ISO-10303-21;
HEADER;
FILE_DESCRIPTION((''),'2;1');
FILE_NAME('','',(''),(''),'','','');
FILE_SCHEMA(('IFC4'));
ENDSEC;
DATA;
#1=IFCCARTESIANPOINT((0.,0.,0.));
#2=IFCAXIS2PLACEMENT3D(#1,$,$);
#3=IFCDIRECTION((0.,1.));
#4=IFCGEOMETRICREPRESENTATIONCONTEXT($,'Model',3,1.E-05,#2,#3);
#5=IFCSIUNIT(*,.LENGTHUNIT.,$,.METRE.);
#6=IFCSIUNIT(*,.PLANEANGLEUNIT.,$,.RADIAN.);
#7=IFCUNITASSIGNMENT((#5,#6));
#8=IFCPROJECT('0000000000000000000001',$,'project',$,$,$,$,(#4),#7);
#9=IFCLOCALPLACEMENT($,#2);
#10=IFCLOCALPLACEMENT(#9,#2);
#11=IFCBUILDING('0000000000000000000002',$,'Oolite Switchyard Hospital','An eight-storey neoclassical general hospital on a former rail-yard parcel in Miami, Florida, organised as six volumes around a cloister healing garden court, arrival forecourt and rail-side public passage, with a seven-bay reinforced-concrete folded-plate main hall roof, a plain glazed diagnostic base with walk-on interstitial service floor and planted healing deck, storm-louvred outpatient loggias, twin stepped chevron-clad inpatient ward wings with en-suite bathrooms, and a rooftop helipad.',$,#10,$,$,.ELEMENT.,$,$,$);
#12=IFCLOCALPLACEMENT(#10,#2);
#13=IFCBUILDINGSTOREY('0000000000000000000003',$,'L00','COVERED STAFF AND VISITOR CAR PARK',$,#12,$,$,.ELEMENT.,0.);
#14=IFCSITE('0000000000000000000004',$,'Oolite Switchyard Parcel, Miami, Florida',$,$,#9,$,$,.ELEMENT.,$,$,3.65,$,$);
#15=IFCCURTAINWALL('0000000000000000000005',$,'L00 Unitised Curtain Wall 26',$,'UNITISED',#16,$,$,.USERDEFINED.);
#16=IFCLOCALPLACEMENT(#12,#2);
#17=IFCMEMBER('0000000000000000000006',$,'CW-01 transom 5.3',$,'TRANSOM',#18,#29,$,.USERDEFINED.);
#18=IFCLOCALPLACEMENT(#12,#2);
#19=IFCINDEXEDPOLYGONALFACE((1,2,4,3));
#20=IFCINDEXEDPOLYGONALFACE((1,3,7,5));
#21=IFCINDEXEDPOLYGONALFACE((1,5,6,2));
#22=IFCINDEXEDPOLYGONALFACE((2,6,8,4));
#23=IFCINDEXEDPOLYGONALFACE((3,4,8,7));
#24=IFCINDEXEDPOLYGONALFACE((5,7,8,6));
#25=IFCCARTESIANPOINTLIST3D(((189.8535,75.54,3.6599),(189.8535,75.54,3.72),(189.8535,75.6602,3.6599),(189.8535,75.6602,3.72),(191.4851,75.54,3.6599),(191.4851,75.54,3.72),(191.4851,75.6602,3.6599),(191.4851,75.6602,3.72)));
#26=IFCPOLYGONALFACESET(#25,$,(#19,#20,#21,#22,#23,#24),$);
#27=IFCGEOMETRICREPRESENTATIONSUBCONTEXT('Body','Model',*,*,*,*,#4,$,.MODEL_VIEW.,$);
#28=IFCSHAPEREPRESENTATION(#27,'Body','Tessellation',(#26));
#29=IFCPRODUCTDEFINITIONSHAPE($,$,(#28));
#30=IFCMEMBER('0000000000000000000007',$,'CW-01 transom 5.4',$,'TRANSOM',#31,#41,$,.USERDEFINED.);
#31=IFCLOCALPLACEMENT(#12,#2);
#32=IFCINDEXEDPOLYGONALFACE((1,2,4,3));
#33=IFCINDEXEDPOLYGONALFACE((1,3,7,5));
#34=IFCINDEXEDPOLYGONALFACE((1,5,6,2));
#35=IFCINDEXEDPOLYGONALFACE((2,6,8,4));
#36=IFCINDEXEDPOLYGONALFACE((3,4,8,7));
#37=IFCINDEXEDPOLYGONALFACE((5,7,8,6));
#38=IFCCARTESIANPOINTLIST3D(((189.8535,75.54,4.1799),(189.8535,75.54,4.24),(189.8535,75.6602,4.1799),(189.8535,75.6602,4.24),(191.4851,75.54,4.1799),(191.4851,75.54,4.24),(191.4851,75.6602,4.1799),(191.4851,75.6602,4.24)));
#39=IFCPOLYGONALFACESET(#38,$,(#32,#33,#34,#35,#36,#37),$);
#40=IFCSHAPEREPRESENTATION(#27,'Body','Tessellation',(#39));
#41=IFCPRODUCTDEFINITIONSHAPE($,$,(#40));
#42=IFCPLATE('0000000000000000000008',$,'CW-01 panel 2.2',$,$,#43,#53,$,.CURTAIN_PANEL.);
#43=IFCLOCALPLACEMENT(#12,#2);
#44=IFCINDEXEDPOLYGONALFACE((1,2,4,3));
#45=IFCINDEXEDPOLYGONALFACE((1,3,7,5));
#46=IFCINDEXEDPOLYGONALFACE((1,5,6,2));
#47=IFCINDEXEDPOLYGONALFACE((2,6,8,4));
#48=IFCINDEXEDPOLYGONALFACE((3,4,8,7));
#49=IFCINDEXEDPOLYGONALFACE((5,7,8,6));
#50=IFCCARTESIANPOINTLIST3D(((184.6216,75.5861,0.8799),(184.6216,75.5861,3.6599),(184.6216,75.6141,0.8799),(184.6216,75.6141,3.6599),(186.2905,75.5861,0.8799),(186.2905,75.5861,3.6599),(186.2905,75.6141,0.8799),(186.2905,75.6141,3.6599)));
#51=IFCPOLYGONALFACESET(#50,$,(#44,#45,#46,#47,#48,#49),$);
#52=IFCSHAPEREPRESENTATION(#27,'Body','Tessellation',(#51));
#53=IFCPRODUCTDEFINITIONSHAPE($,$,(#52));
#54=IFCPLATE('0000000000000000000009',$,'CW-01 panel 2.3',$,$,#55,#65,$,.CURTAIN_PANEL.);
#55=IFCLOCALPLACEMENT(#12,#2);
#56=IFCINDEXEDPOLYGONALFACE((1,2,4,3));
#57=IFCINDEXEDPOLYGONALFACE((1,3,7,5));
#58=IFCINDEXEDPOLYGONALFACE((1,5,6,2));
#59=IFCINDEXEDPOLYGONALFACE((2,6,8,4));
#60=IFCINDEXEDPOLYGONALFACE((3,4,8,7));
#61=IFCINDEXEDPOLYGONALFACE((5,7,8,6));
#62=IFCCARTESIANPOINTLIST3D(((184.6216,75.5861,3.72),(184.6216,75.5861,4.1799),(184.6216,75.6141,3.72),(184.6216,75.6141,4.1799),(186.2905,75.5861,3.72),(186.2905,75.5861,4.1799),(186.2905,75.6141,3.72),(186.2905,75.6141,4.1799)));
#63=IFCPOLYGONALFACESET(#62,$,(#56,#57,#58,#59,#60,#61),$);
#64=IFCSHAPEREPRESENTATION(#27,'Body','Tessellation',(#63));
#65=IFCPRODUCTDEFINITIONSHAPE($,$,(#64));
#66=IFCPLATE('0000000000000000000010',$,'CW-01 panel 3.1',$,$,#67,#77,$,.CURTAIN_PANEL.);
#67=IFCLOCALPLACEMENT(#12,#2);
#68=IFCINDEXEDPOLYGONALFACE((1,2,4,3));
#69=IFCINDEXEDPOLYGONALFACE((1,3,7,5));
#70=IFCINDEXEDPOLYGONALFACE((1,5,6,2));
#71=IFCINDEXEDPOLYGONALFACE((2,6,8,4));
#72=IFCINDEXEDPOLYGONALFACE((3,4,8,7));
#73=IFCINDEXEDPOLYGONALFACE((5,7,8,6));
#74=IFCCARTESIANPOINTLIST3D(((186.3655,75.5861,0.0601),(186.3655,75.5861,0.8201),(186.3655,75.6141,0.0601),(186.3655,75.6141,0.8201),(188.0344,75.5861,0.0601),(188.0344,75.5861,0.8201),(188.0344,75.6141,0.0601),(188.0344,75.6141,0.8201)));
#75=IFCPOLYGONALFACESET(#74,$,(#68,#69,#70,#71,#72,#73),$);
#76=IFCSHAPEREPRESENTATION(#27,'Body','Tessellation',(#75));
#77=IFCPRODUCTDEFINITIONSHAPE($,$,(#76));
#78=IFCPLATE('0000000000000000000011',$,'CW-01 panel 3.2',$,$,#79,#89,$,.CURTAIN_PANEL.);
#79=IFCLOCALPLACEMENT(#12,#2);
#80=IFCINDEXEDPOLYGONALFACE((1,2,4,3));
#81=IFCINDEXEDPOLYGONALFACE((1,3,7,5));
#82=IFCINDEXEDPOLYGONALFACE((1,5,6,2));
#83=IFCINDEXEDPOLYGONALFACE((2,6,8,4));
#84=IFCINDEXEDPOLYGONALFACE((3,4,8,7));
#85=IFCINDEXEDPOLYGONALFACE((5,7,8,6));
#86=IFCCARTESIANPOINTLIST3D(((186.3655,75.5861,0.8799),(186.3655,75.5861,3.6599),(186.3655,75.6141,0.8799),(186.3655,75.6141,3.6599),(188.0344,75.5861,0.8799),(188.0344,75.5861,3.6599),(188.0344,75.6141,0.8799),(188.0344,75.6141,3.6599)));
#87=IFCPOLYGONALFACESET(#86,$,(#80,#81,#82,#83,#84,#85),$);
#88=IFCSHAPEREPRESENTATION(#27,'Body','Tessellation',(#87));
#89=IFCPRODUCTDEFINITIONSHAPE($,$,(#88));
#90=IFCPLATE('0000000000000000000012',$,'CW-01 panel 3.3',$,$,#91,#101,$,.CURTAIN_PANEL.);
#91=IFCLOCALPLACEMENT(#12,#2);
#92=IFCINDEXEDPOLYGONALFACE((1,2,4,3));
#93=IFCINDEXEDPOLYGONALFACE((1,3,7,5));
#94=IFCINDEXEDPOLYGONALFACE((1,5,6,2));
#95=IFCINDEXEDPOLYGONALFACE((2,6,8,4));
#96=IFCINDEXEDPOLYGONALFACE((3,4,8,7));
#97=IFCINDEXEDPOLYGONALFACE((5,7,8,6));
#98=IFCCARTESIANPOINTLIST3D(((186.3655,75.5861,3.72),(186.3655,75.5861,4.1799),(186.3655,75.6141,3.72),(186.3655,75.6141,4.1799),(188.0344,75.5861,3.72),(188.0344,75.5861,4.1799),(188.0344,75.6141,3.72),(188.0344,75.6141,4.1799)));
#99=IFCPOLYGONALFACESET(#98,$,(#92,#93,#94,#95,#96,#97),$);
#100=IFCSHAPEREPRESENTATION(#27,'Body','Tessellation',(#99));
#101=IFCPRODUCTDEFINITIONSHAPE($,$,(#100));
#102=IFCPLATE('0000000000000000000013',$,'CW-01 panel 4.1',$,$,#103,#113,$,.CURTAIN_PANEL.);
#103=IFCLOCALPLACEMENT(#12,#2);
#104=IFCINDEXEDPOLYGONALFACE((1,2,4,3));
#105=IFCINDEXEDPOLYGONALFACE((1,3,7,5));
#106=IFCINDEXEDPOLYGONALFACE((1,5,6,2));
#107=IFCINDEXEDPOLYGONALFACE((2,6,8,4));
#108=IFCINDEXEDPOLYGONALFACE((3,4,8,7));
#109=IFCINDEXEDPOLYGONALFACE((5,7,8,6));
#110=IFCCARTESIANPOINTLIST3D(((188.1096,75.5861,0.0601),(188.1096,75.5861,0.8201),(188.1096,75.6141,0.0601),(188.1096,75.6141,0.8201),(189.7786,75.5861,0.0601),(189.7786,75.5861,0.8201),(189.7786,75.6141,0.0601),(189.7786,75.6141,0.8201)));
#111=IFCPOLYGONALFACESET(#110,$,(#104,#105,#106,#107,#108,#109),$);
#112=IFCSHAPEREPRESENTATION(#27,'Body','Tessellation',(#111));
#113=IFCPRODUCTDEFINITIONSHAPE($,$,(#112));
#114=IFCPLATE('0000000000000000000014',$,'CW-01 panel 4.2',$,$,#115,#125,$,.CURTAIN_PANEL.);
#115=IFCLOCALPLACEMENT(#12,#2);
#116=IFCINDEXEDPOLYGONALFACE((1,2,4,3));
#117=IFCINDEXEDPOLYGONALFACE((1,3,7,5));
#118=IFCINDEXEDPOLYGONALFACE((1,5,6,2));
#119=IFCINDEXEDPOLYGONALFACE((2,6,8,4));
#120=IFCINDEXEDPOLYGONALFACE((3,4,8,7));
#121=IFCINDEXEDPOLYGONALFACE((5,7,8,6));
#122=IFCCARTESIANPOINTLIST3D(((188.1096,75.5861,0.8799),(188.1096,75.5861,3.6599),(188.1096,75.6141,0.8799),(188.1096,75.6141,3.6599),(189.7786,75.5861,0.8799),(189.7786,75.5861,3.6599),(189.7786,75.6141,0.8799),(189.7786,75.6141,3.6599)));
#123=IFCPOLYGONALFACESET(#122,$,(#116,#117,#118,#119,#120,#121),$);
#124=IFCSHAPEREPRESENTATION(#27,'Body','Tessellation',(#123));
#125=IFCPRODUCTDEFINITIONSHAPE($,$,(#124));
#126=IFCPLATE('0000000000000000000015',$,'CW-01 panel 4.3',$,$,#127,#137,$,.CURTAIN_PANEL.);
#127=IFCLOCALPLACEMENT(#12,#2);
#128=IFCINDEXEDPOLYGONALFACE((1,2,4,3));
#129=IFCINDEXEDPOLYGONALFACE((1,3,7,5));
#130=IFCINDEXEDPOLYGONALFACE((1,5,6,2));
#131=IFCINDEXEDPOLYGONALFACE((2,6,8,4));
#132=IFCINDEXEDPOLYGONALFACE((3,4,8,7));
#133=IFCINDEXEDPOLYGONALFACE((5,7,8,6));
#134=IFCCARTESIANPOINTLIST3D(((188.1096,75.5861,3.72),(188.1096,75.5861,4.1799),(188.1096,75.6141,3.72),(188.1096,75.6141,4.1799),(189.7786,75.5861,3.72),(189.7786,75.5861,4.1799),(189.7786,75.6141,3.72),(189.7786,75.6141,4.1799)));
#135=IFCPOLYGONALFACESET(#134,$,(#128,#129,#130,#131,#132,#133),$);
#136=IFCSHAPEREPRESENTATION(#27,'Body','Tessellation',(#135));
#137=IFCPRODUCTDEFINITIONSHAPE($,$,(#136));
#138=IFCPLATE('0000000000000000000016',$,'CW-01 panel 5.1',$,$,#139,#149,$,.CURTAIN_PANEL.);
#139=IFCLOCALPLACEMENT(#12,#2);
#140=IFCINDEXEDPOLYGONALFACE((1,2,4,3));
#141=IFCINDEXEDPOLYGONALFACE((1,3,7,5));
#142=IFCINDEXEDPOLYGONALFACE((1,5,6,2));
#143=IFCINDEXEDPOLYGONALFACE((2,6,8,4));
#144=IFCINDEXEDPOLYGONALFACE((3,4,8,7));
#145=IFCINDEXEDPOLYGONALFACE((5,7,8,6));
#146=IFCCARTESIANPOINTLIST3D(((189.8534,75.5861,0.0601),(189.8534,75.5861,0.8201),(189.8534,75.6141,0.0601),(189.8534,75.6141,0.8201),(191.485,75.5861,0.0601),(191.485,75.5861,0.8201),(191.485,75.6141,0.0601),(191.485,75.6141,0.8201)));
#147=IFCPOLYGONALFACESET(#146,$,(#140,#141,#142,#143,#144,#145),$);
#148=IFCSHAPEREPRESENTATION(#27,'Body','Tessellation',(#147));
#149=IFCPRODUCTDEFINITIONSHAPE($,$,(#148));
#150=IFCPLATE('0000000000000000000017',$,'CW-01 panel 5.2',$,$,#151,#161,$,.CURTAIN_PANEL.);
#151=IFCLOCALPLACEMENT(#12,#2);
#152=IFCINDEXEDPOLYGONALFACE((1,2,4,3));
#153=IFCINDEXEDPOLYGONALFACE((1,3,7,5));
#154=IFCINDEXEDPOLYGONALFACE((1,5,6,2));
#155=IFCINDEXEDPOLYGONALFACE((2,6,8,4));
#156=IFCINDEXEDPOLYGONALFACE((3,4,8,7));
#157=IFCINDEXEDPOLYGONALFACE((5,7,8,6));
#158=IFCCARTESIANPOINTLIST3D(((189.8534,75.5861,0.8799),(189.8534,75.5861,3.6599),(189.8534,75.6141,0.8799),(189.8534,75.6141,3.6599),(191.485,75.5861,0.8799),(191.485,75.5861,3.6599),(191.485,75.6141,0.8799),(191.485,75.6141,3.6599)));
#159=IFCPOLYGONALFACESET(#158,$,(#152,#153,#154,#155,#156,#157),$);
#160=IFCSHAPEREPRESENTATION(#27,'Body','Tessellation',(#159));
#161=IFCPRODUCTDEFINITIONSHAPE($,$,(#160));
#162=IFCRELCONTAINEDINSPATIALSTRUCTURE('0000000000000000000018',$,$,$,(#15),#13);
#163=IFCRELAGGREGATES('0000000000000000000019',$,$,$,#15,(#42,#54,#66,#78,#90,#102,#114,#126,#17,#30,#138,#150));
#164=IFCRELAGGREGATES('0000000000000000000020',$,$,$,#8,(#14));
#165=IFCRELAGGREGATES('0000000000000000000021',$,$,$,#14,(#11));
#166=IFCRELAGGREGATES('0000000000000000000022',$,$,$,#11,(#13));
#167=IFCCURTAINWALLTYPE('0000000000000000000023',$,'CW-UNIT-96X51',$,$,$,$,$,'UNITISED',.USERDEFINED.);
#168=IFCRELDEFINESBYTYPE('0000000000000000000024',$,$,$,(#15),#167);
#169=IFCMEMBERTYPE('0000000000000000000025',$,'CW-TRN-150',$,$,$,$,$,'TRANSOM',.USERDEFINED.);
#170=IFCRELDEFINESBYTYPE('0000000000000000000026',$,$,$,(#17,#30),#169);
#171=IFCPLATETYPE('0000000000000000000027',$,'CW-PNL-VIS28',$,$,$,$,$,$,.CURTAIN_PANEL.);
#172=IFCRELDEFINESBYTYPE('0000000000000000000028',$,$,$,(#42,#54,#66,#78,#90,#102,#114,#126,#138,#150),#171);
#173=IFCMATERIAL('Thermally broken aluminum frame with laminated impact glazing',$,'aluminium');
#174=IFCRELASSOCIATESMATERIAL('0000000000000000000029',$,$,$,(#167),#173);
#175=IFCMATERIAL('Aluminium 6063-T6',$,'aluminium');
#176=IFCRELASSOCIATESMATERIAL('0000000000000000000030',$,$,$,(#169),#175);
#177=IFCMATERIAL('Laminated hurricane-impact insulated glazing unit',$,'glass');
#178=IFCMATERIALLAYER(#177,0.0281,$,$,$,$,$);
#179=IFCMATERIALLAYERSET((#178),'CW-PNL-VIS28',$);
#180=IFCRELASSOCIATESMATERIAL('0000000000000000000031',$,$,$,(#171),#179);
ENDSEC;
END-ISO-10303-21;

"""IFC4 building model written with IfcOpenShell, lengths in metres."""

from ifc_helpers import new_model, si_unit, direction, frame, origin, origin_2d, place, context, subcontext, project, spatial, rectangle, extrude, material, layer, layer_set, material_profile, profile_set, type_object, element, aggregate, save


model = new_model("IFC4")

# Units and contexts
model_context = context("Model", 3, precision=1e-05, world=origin(), true_north=direction((0.0, 1.0)))
body_context = subcontext(model_context, "Body", "Model", "MODEL_VIEW")
ifc_project = project(units=[si_unit("LENGTHUNIT", "METRE"), si_unit("PLANEANGLEUNIT", "RADIAN")], contexts=[model_context])

# Site, building, storey
site_placement = place(None, origin())
site = spatial("IfcSite", under=ifc_project, at=site_placement, Name="Oolite Switchyard Parcel, Miami, Florida", CompositionType="ELEMENT", RefElevation=3.65)
building_placement = place(site_placement, origin())
building = spatial("IfcBuilding", under=site, at=building_placement, Name="Oolite Switchyard Hospital", Description="An eight-storey neoclassical general hospital on a former rail-yard parcel in Miami, Florida, organised as six volumes around a cloister healing garden court, arrival forecourt and rail-side public passage, with a seven-bay reinforced-concrete folded-plate main hall roof, a plain glazed diagnostic base with walk-on interstitial service floor and planted healing deck, storm-louvred outpatient loggias, twin stepped chevron-clad inpatient ward wings with en-suite bathrooms, and a rooftop helipad.", CompositionType="ELEMENT")
storey_placement = place(building_placement, origin())
storey = spatial("IfcBuildingStorey", under=building, at=storey_placement, Name="L00", Description="COVERED STAFF AND VISITOR CAR PARK", CompositionType="ELEMENT", Elevation=0.0)

# Curtain wall, members, plates
ifc_material_1 = material(Name="Thermally broken aluminum frame with laminated impact glazing", Category="aluminium")
curtain_wall_type = type_object("IfcCurtainWallType", Name="CW-UNIT-96X51", ElementType="UNITISED", PredefinedType="USERDEFINED", material=ifc_material_1)
curtain_wall_placement = place(storey_placement, origin())
curtain_wall = element("IfcCurtainWall", 1, at=curtain_wall_placement, inside=storey, type_object=curtain_wall_type, Name="L00 Unitised Curtain Wall 26", ObjectType="UNITISED", PredefinedType="USERDEFINED")
ifc_material_2 = material(Name="Aluminium 6063-T6", Category="aluminium")
ifc_material_profile_1 = material_profile(ifc_material_2, rectangle(XDim=0.1201, YDim=0.0601, at=origin_2d()), Name="CWT60X120")
ifc_profile_set_1 = profile_set([ifc_material_profile_1], Name="Aluminium 6063-T6")
member_type_1 = type_object("IfcMemberType", Name="CW-TRN-150", ElementType="TRANSOM", PredefinedType="USERDEFINED", material=ifc_profile_set_1)
member_1_placement = place(storey_placement, frame((189.8535, 75.6001, 3.6899), z_axis=(1.0, 0.0, 0.0), x_axis=(0.0, 1.0, 0.0)))
member_1 = element("IfcMember", 2, at=member_1_placement, type_object=member_type_1, Name="CW-01 transom 5.3", ObjectType="TRANSOM", PredefinedType="USERDEFINED", context=body_context, shape_type="SweptSolid", body=[
    extrude(rectangle(XDim=0.1201, YDim=0.0601, at=origin_2d()), origin(), (0.0, 0.0, 1.0), 1.6316),
])
member_2_placement = place(storey_placement, frame((189.8535, 75.6001, 4.21), z_axis=(1.0, 0.0, 0.0), x_axis=(0.0, 1.0, 0.0)))
member_2 = element("IfcMember", 3, at=member_2_placement, type_object=member_type_1, Name="CW-01 transom 5.4", ObjectType="TRANSOM", PredefinedType="USERDEFINED", context=body_context, shape_type="SweptSolid", body=[
    extrude(rectangle(XDim=0.1201, YDim=0.0601, at=origin_2d()), origin(), (0.0, 0.0, 1.0), 1.6316),
])
ifc_material_3 = material(Name="Laminated hurricane-impact insulated glazing unit", Category="glass")
ifc_layer = layer(ifc_material_3, 0.0281)
ifc_layer_set = layer_set([ifc_layer], Name="CW-PNL-VIS28")
plate_type = type_object("IfcPlateType", Name="CW-PNL-VIS28", PredefinedType="CURTAIN_PANEL", material=ifc_layer_set)
plate_1_placement = place(storey_placement, frame((185.4561, 75.6001, 0.8799), z_axis=(0.0, 0.0, 1.0), x_axis=(1.0, 0.0, 0.0)))
plate_1 = element("IfcPlate", 4, at=plate_1_placement, type_object=plate_type, Name="CW-01 panel 2.2", PredefinedType="CURTAIN_PANEL", context=body_context, shape_type="SweptSolid", body=[
    extrude(rectangle(XDim=1.6689, YDim=0.0281, at=origin_2d()), origin(), (0.0, 0.0, 1.0), 2.78),
])
plate_2_placement = place(storey_placement, frame((185.4561, 75.6001, 3.72), z_axis=(0.0, 0.0, 1.0), x_axis=(1.0, 0.0, 0.0)))
plate_2 = element("IfcPlate", 5, at=plate_2_placement, type_object=plate_type, Name="CW-01 panel 2.3", PredefinedType="CURTAIN_PANEL", context=body_context, shape_type="SweptSolid", body=[
    extrude(rectangle(XDim=1.6689, YDim=0.0281, at=origin_2d()), origin(), (0.0, 0.0, 1.0), 0.46),
])
plate_3_placement = place(storey_placement, frame((187.2, 75.6001, 0.0601), z_axis=(0.0, 0.0, 1.0), x_axis=(1.0, 0.0, 0.0)))
plate_3 = element("IfcPlate", 6, at=plate_3_placement, type_object=plate_type, Name="CW-01 panel 3.1", PredefinedType="CURTAIN_PANEL", context=body_context, shape_type="SweptSolid", body=[
    extrude(rectangle(XDim=1.6689, YDim=0.0281, at=origin_2d()), origin(), (0.0, 0.0, 1.0), 0.76),
])
plate_4_placement = place(storey_placement, frame((187.2, 75.6001, 0.8799), z_axis=(0.0, 0.0, 1.0), x_axis=(1.0, 0.0, 0.0)))
plate_4 = element("IfcPlate", 7, at=plate_4_placement, type_object=plate_type, Name="CW-01 panel 3.2", PredefinedType="CURTAIN_PANEL", context=body_context, shape_type="SweptSolid", body=[
    extrude(rectangle(XDim=1.6689, YDim=0.0281, at=origin_2d()), origin(), (0.0, 0.0, 1.0), 2.78),
])
plate_5_placement = place(storey_placement, frame((187.2, 75.6001, 3.72), z_axis=(0.0, 0.0, 1.0), x_axis=(1.0, 0.0, 0.0)))
plate_5 = element("IfcPlate", 8, at=plate_5_placement, type_object=plate_type, Name="CW-01 panel 3.3", PredefinedType="CURTAIN_PANEL", context=body_context, shape_type="SweptSolid", body=[
    extrude(rectangle(XDim=1.6689, YDim=0.0281, at=origin_2d()), origin(), (0.0, 0.0, 1.0), 0.46),
])
plate_6_placement = place(storey_placement, frame((188.9441, 75.6001, 0.0601), z_axis=(0.0, 0.0, 1.0), x_axis=(1.0, 0.0, 0.0)))
plate_6 = element("IfcPlate", 9, at=plate_6_placement, type_object=plate_type, Name="CW-01 panel 4.1", PredefinedType="CURTAIN_PANEL", context=body_context, shape_type="SweptSolid", body=[
    extrude(rectangle(XDim=1.6689, YDim=0.0281, at=origin_2d()), origin(), (0.0, 0.0, 1.0), 0.76),
])
plate_7_placement = place(storey_placement, frame((188.9441, 75.6001, 0.8799), z_axis=(0.0, 0.0, 1.0), x_axis=(1.0, 0.0, 0.0)))
plate_7 = element("IfcPlate", 10, at=plate_7_placement, type_object=plate_type, Name="CW-01 panel 4.2", PredefinedType="CURTAIN_PANEL", context=body_context, shape_type="SweptSolid", body=[
    extrude(rectangle(XDim=1.6689, YDim=0.0281, at=origin_2d()), origin(), (0.0, 0.0, 1.0), 2.78),
])
plate_8_placement = place(storey_placement, frame((188.9441, 75.6001, 3.72), z_axis=(0.0, 0.0, 1.0), x_axis=(1.0, 0.0, 0.0)))
plate_8 = element("IfcPlate", 11, at=plate_8_placement, type_object=plate_type, Name="CW-01 panel 4.3", PredefinedType="CURTAIN_PANEL", context=body_context, shape_type="SweptSolid", body=[
    extrude(rectangle(XDim=1.6689, YDim=0.0281, at=origin_2d()), origin(), (0.0, 0.0, 1.0), 0.46),
])
plate_9_placement = place(storey_placement, frame((190.6692, 75.6001, 0.0601), z_axis=(0.0, 0.0, 1.0), x_axis=(1.0, 0.0, 0.0)))
plate_9 = element("IfcPlate", 12, at=plate_9_placement, type_object=plate_type, Name="CW-01 panel 5.1", PredefinedType="CURTAIN_PANEL", context=body_context, shape_type="SweptSolid", body=[
    extrude(rectangle(XDim=1.6316, YDim=0.0281, at=origin_2d()), origin(), (0.0, 0.0, 1.0), 0.76),
])
plate_10_placement = place(storey_placement, frame((190.6692, 75.6001, 0.8799), z_axis=(0.0, 0.0, 1.0), x_axis=(1.0, 0.0, 0.0)))
plate_10 = element("IfcPlate", 13, at=plate_10_placement, type_object=plate_type, Name="CW-01 panel 5.2", PredefinedType="CURTAIN_PANEL", context=body_context, shape_type="SweptSolid", body=[
    extrude(rectangle(XDim=1.6316, YDim=0.0281, at=origin_2d()), origin(), (0.0, 0.0, 1.0), 2.78),
])
aggregate(curtain_wall, [plate_1, plate_2, plate_3, plate_4, plate_5, plate_6, plate_7, plate_8, member_1, member_2, plate_9, plate_10])

save(model, "model.ifc")
